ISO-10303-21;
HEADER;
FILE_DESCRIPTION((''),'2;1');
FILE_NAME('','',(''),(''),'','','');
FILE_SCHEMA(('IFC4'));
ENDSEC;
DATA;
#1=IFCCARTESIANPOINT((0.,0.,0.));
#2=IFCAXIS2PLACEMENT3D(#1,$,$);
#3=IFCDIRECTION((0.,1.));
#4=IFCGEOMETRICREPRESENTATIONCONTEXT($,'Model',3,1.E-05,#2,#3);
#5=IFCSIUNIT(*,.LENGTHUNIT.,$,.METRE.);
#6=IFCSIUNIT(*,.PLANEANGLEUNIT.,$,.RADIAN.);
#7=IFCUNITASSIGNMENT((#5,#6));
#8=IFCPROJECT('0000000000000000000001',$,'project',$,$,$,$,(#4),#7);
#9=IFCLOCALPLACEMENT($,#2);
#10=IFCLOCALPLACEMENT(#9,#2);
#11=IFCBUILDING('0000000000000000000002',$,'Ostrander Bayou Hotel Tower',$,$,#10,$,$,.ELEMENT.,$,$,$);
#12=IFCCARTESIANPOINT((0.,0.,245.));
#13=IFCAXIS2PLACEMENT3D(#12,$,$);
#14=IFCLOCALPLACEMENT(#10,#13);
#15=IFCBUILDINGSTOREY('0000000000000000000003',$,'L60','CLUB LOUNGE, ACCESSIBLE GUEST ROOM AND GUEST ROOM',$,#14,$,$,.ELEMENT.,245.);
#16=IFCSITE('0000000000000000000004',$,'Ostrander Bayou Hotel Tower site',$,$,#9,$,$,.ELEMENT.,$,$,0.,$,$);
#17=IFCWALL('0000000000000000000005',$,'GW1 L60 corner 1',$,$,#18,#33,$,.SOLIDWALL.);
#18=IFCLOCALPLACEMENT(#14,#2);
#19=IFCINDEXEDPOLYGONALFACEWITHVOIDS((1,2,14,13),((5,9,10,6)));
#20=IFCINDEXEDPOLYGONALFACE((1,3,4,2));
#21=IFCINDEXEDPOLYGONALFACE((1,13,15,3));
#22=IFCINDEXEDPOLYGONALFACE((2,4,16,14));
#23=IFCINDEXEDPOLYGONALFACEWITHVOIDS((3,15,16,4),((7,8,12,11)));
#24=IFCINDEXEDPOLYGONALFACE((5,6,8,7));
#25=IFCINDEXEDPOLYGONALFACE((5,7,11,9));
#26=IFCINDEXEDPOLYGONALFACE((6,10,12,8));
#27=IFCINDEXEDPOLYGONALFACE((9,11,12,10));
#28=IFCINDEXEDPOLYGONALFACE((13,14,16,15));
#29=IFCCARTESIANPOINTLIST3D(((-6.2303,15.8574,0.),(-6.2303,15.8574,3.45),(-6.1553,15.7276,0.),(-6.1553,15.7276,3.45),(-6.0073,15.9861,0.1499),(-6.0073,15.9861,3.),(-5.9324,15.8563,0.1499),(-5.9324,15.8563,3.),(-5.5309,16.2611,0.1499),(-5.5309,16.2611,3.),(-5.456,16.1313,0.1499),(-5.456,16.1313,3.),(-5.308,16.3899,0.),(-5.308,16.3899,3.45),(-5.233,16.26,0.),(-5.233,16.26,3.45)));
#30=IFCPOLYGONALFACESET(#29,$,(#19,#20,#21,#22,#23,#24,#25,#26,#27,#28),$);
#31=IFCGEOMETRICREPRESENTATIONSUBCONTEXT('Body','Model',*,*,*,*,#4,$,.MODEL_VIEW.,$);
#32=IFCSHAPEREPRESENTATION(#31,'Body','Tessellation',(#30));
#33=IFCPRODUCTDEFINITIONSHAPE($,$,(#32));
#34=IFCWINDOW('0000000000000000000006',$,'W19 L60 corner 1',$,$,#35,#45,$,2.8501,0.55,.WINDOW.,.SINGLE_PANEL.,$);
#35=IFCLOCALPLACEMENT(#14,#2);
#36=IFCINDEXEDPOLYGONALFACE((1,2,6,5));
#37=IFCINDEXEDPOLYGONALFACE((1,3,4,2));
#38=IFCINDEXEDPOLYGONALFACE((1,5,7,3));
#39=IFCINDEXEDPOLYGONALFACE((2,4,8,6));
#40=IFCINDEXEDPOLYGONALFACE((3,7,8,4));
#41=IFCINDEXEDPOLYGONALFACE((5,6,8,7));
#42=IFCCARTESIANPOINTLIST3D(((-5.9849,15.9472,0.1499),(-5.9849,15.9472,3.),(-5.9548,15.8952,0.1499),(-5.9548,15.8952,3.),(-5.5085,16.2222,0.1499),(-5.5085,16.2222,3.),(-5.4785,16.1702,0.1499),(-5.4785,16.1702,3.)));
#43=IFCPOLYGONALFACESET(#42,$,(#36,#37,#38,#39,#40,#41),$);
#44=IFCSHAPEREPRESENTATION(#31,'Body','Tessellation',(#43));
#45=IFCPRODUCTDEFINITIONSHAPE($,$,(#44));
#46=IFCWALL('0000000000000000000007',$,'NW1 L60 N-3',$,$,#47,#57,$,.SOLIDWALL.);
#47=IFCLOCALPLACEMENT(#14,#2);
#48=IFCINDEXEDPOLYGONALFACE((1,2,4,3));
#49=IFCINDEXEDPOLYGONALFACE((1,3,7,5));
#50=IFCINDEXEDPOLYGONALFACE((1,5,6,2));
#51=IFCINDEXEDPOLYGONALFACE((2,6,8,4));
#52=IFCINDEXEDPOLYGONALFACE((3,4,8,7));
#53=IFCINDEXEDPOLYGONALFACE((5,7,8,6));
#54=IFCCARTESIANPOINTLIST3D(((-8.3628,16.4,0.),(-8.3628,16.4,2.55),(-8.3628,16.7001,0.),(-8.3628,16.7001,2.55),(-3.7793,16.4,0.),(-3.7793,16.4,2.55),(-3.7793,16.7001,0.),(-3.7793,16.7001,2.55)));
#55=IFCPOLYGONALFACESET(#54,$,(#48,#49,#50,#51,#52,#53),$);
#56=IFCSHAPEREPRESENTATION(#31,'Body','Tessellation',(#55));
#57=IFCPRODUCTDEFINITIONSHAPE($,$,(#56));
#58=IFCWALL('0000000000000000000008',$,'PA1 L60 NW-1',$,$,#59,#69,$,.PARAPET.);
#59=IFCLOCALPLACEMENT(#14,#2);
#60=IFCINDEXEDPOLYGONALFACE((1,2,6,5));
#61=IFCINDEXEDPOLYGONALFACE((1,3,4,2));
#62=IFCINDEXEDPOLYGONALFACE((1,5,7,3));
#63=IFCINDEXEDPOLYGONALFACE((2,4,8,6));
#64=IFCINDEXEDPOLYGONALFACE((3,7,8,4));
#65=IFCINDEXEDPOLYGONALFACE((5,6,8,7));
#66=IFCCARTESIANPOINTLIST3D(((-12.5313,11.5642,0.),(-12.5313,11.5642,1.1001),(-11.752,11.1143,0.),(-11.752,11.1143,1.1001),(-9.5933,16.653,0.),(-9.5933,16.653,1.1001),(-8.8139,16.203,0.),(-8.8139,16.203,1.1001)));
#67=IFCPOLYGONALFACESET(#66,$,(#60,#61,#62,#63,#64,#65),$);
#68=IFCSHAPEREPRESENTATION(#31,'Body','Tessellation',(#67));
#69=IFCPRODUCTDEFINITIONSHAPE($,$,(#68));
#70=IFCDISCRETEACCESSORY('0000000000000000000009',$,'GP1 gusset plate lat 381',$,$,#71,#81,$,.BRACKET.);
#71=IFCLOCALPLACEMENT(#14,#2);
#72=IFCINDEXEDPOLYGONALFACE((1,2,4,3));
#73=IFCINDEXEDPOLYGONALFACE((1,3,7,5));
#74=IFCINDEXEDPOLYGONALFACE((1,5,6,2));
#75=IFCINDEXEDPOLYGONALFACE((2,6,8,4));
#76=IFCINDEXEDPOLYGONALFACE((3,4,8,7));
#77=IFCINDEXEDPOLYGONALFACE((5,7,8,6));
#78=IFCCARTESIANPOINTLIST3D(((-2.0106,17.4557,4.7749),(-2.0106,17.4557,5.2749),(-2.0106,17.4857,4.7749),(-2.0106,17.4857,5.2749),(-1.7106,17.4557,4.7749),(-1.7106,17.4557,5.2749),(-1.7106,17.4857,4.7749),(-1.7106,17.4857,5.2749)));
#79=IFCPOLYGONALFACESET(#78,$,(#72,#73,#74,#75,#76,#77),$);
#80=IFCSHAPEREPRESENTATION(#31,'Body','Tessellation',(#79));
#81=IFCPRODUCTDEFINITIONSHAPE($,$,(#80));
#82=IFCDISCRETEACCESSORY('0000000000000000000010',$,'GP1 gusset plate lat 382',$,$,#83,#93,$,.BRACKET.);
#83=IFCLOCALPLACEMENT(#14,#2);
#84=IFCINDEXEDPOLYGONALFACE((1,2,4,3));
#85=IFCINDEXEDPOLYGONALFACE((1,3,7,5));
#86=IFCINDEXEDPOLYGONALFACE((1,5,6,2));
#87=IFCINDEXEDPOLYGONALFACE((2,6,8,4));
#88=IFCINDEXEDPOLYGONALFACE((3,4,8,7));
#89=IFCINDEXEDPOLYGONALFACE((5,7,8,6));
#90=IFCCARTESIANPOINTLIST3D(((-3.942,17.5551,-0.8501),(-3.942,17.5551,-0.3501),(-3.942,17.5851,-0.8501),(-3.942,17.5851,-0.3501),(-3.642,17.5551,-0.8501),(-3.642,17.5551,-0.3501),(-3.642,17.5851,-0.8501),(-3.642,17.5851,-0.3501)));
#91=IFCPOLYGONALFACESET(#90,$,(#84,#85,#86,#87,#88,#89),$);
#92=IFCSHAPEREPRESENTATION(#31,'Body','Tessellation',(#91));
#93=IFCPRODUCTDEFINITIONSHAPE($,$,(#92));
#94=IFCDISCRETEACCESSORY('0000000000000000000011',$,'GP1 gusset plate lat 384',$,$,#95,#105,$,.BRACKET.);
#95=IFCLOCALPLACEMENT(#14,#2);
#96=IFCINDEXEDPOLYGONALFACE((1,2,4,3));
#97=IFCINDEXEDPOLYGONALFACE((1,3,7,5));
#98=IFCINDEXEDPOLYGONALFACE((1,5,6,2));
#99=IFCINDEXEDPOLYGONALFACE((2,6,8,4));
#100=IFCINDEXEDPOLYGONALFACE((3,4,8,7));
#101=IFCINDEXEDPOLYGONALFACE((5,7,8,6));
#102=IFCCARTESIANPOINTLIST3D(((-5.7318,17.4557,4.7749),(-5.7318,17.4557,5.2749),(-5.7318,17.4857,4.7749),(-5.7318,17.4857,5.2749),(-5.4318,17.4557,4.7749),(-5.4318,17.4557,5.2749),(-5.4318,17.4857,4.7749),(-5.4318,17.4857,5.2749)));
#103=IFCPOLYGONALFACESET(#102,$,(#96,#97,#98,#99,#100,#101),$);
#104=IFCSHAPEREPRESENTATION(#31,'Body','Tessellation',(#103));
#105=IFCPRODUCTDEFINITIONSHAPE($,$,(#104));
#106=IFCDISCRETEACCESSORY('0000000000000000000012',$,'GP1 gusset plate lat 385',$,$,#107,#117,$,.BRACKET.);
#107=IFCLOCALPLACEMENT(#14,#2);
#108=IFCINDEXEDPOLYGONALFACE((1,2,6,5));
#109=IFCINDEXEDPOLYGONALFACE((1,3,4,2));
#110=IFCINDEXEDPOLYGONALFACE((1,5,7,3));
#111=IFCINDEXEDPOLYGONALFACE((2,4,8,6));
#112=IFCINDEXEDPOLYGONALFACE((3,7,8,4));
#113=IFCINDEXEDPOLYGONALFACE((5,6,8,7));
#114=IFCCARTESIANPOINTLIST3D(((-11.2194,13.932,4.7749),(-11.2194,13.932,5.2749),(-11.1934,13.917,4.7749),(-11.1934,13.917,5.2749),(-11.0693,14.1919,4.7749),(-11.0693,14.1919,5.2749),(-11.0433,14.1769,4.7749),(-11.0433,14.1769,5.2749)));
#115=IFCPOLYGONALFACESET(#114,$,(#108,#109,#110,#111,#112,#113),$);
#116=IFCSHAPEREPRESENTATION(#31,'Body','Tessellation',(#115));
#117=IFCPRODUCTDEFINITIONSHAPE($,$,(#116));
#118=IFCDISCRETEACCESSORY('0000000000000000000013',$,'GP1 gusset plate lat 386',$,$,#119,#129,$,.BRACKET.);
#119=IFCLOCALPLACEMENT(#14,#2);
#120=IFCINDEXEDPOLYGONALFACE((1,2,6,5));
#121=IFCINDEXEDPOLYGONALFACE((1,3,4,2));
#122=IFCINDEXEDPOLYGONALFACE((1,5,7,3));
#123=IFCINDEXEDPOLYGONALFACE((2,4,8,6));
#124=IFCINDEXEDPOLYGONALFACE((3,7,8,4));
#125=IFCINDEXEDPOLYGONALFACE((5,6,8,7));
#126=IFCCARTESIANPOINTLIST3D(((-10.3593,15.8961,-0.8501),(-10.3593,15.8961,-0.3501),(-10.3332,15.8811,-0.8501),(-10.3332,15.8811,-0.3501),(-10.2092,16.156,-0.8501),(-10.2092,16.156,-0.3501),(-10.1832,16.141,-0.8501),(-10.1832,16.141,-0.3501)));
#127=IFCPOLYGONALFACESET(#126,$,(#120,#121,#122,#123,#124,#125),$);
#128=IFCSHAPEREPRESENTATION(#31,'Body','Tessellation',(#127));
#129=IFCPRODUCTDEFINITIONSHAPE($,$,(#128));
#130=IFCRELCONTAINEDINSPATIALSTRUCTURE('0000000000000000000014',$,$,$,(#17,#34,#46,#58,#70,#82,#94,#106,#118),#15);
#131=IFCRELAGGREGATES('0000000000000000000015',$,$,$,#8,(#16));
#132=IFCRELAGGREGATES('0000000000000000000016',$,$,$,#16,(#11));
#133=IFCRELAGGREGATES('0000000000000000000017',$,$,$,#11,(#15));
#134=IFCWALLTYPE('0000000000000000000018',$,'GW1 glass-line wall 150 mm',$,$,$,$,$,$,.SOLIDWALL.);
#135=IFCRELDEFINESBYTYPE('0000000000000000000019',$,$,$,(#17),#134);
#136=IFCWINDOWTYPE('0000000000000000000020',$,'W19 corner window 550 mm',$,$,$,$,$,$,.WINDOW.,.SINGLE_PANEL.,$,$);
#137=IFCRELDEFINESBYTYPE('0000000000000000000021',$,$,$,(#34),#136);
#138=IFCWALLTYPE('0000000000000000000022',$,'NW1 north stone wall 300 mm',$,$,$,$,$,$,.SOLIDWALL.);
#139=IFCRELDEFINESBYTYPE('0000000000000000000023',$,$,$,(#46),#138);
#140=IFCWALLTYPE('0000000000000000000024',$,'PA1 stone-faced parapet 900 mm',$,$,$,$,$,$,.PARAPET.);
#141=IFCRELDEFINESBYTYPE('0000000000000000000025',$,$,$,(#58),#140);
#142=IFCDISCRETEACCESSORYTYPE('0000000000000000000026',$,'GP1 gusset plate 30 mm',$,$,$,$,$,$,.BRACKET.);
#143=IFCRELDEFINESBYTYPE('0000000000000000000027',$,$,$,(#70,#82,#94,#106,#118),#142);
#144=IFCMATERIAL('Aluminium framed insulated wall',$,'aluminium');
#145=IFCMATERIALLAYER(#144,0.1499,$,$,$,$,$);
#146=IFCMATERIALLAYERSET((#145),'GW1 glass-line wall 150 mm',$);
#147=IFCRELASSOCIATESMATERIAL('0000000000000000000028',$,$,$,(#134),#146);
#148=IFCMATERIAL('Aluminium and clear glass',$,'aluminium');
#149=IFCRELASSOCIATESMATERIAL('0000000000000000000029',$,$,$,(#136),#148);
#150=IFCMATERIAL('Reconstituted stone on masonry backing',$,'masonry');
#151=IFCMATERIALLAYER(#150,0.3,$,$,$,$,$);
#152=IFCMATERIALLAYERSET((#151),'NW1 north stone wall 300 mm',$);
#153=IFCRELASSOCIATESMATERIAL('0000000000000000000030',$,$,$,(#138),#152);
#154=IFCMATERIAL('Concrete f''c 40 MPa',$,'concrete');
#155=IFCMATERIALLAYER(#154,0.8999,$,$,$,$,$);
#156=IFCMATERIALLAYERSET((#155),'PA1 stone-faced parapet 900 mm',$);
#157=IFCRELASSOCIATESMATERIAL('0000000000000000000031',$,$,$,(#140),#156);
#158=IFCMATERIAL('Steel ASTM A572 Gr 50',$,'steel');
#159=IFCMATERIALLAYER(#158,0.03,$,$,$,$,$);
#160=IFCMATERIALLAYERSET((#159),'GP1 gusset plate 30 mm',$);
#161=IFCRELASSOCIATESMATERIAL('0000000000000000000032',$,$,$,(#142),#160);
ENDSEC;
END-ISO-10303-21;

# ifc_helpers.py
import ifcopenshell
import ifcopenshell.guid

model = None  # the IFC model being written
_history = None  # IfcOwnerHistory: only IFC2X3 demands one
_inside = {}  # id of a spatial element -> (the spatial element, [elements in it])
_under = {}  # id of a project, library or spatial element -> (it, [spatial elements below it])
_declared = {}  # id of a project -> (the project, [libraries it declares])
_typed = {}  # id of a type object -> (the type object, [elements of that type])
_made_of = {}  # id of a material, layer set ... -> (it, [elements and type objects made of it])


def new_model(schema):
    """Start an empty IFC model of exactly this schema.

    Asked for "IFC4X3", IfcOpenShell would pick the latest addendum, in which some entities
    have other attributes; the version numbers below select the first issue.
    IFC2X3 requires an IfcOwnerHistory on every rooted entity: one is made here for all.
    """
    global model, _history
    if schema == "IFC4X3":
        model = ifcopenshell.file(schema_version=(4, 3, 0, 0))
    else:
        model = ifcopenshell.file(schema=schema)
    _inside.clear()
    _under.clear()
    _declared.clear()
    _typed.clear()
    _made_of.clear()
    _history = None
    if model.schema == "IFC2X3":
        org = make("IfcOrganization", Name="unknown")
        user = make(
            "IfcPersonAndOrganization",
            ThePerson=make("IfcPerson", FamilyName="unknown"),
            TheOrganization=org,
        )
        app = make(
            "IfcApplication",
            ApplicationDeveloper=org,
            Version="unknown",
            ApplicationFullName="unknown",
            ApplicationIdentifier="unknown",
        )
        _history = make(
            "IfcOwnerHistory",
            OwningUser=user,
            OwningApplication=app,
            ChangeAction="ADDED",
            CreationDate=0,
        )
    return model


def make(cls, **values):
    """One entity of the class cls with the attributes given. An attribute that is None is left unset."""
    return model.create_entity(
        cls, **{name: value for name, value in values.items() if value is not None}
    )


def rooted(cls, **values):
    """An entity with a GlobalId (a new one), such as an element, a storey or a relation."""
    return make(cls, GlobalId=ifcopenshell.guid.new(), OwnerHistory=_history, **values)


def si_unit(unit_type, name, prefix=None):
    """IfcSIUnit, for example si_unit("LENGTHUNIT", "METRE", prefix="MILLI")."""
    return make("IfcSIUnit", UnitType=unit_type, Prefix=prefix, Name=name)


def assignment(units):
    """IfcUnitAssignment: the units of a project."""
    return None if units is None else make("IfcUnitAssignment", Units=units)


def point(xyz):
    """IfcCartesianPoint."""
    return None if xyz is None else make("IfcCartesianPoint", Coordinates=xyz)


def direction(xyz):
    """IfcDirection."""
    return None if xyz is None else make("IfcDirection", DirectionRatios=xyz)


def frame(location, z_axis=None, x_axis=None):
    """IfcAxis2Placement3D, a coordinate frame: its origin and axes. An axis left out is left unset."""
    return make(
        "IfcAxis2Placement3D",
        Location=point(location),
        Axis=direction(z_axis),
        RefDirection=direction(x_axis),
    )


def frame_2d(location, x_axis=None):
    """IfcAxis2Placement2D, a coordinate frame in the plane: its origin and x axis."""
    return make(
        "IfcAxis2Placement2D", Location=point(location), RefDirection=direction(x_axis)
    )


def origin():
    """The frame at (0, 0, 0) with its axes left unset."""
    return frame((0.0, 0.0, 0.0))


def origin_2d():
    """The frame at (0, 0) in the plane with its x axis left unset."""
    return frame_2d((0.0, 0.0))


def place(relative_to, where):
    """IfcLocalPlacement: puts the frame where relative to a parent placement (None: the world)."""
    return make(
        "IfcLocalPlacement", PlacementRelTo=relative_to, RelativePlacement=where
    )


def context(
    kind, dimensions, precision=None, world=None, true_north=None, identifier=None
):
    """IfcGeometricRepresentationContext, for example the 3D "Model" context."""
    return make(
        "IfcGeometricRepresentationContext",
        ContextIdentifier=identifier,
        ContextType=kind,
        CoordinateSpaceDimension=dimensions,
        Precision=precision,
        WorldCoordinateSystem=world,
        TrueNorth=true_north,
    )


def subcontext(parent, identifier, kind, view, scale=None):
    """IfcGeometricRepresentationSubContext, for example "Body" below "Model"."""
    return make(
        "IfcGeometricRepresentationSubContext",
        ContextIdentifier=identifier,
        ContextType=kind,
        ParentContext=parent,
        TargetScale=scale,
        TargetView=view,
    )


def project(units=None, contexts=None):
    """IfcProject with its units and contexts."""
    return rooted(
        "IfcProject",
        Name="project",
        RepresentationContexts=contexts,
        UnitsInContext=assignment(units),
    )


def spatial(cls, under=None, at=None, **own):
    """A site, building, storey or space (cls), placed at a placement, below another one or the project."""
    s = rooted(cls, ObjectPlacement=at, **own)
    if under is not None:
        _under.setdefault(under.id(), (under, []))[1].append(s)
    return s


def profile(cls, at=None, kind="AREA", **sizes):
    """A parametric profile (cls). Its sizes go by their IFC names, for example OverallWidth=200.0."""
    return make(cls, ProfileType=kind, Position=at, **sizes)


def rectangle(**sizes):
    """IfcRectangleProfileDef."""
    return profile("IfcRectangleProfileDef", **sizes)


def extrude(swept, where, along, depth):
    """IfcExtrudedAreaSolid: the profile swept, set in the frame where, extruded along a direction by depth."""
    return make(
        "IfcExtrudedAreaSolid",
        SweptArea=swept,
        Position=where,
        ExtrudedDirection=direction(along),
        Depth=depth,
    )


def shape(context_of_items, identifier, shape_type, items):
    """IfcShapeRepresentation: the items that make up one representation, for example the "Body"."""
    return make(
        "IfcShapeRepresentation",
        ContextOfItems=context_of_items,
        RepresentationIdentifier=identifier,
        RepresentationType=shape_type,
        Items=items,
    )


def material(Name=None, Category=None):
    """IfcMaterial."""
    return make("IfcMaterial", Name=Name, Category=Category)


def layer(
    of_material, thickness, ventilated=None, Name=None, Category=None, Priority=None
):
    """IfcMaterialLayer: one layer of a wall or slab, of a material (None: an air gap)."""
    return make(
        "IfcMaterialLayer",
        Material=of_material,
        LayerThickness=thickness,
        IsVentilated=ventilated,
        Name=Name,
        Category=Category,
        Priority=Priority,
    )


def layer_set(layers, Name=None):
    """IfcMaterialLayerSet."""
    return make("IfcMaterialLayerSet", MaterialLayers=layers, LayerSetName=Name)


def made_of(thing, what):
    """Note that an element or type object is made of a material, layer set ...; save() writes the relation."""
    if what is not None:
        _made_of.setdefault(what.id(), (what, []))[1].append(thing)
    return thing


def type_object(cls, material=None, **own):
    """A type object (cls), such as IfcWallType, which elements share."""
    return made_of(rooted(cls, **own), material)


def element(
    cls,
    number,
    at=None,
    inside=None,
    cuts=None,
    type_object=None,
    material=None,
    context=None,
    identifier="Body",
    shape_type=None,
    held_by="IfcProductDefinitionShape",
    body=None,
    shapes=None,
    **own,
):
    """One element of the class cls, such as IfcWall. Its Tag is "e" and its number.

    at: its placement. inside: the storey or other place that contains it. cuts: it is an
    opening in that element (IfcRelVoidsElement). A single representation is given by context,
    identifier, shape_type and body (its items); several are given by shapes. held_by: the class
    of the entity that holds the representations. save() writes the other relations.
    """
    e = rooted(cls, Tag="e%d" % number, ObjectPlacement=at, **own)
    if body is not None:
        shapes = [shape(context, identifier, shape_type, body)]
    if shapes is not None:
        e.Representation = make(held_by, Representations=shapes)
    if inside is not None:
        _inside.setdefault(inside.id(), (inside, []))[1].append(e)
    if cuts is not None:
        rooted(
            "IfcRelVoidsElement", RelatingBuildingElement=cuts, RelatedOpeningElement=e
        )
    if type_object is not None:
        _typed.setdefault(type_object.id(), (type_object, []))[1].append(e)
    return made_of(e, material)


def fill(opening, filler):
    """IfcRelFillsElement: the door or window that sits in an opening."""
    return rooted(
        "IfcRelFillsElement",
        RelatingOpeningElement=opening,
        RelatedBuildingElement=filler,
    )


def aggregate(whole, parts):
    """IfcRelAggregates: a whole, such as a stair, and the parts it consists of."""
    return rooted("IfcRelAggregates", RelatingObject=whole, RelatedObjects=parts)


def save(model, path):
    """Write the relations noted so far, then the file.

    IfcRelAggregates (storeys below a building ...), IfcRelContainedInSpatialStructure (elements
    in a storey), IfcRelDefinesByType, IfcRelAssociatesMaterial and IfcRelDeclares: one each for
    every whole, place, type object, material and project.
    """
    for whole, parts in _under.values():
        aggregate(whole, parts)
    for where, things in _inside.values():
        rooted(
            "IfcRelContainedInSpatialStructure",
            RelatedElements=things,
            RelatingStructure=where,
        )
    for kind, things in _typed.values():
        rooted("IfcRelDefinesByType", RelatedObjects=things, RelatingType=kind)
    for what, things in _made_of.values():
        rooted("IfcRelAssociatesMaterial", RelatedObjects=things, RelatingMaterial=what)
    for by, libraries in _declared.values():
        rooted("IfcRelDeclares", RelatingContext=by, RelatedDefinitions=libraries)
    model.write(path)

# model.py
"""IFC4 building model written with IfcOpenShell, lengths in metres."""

from ifc_helpers import new_model, si_unit, direction, frame, frame_2d, origin, origin_2d, place, context, subcontext, project, spatial, rectangle, extrude, material, layer, layer_set, type_object, element, fill, save


model = new_model("IFC4")

# Units and contexts
model_context = context("Model", 3, precision=1e-05, world=origin(), true_north=direction((0.0, 1.0)))
body_context = subcontext(model_context, "Body", "Model", "MODEL_VIEW")
ifc_project = project(units=[si_unit("LENGTHUNIT", "METRE"), si_unit("PLANEANGLEUNIT", "RADIAN")], contexts=[model_context])

# Site, building, storey
site_placement = place(None, origin())
site = spatial("IfcSite", under=ifc_project, at=site_placement, Name="Ostrander Bayou Hotel Tower site", CompositionType="ELEMENT", RefElevation=0.0)
building_placement = place(site_placement, origin())
building = spatial("IfcBuilding", under=site, at=building_placement, Name="Ostrander Bayou Hotel Tower", CompositionType="ELEMENT")
storey_placement = place(building_placement, frame((0.0, 0.0, 245.0)))
storey = spatial("IfcBuildingStorey", under=building, at=storey_placement, Name="L60", Description="CLUB LOUNGE, ACCESSIBLE GUEST ROOM AND GUEST ROOM", CompositionType="ELEMENT", Elevation=245.0)

# Shared definitions
ifc_material_1 = material(Name="Aluminium framed insulated wall", Category="aluminium")
ifc_layer_1 = layer(ifc_material_1, 0.1499)
ifc_layer_set_1 = layer_set([ifc_layer_1], Name="GW1 glass-line wall 150 mm")
wall_type_1 = type_object("IfcWallType", Name="GW1 glass-line wall 150 mm", PredefinedType="SOLIDWALL", material=ifc_layer_set_1)

# Wall, opening, window
wall_1_placement = place(storey_placement, frame((-5.2705, 16.325, 0.0), z_axis=(0.0, 0.0, 1.0), x_axis=(-0.866048, -0.499961, 0.0)))
wall_1 = element("IfcWall", 1, at=wall_1_placement, inside=storey, type_object=wall_type_1, Name="GW1 L60 corner 1", PredefinedType="SOLIDWALL", context=body_context, shape_type="SweptSolid", body=[
    extrude(rectangle(XDim=1.0649, YDim=0.1499, at=frame_2d((0.5325, 0.0))), origin(), (0.0, 0.0, 1.0), 3.45),
])
opening_1_placement = place(wall_1_placement, frame((0.2576, 0.0, 0.1499)))
opening_1 = element("IfcOpeningElement", 2, at=opening_1_placement, cuts=wall_1, PredefinedType="OPENING", context=body_context, shape_type="SweptSolid", body=[
    extrude(rectangle(XDim=0.55, YDim=2.8501, at=frame_2d((0.2749, 1.425))), frame((0.0, 0.075, 0.0), z_axis=(0.0, -1.0, 0.0), x_axis=(1.0, 0.0, 0.0)), (0.0, 0.0, 1.0), 0.1499),
])
ifc_material_2 = material(Name="Aluminium and clear glass", Category="aluminium")
window_type_1 = type_object("IfcWindowType", Name="W19 corner window 550 mm", PartitioningType="SINGLE_PANEL", PredefinedType="WINDOW", material=ifc_material_2)
window_1_placement = place(opening_1_placement, origin())
window_1 = element("IfcWindow", 3, at=window_1_placement, inside=storey, type_object=window_type_1, Name="W19 L60 corner 1", OverallHeight=2.8501, OverallWidth=0.55, PartitioningType="SINGLE_PANEL", PredefinedType="WINDOW", context=body_context, shape_type="SweptSolid", body=[
    extrude(rectangle(XDim=0.55, YDim=2.8501, at=frame_2d((0.2749, 1.425))), frame((0.0, 0.03, 0.0), z_axis=(0.0, -1.0, 0.0), x_axis=(1.0, 0.0, 0.0)), (0.0, 0.0, 1.0), 0.0601),
])
fill(opening_1, window_1)

# Walls
ifc_material_3 = material(Name="Reconstituted stone on masonry backing", Category="masonry")
ifc_layer_2 = layer(ifc_material_3, 0.3)
ifc_layer_set_2 = layer_set([ifc_layer_2], Name="NW1 north stone wall 300 mm")
wall_type_2 = type_object("IfcWallType", Name="NW1 north stone wall 300 mm", PredefinedType="SOLIDWALL", material=ifc_layer_set_2)
wall_2_placement = place(storey_placement, frame((-3.7793, 16.55, 0.0), z_axis=(0.0, 0.0, 1.0), x_axis=(-1.0, 0.0, 0.0)))
element("IfcWall", 4, at=wall_2_placement, inside=storey, type_object=wall_type_2, Name="NW1 L60 N-3", PredefinedType="SOLIDWALL", context=body_context, shape_type="SweptSolid", body=[
    extrude(rectangle(XDim=4.5835, YDim=0.3, at=frame_2d((2.2917, 0.0))), origin(), (0.0, 0.0, 1.0), 2.55),
])
ifc_material_4 = material(Name="Concrete f'c 40 MPa", Category="concrete")
ifc_layer_3 = layer(ifc_material_4, 0.8999)
ifc_layer_set_3 = layer_set([ifc_layer_3], Name="PA1 stone-faced parapet 900 mm")
wall_type_3 = type_object("IfcWallType", Name="PA1 stone-faced parapet 900 mm", PredefinedType="PARAPET", material=ifc_layer_set_3)
wall_3_placement = place(storey_placement, frame((-9.2036, 16.428, 0.0), z_axis=(0.0, 0.0, 1.0), x_axis=(-0.500009, -0.86602, 0.0)))
element("IfcWall", 5, at=wall_3_placement, inside=storey, type_object=wall_type_3, Name="PA1 L60 NW-1", PredefinedType="PARAPET", context=body_context, shape_type="SweptSolid", body=[
    extrude(rectangle(XDim=5.876, YDim=0.8999, at=frame_2d((2.938, 0.0))), origin(), (0.0, 0.0, 1.0), 1.1001),
])

# Discrete accessories
ifc_material_5 = material(Name="Steel ASTM A572 Gr 50", Category="steel")
ifc_layer_4 = layer(ifc_material_5, 0.03)
ifc_layer_set_4 = layer_set([ifc_layer_4], Name="GP1 gusset plate 30 mm")
discrete_accessory_type = type_object("IfcDiscreteAccessoryType", Name="GP1 gusset plate 30 mm", PredefinedType="BRACKET", material=ifc_layer_set_4)
for number, where, z_axis, x_axis, name in (
    (6, (-1.8606, 17.4707, 4.7749), (0.0, 0.0, 1.0), (-1.0, 0.0, 0.0), "GP1 gusset plate lat 381"),
    (7, (-3.792, 17.5701, -0.8501), (0.0, 0.0, 1.0), (-1.0, 0.0, 0.0), "GP1 gusset plate lat 382"),
    (8, (-5.5818, 17.4707, 4.7749), (0.0, 0.0, 1.0), (-1.0, 0.0, 0.0), "GP1 gusset plate lat 384"),
    (9, (-11.1313, 14.0544, 4.7749), (0.0, 0.0, 1.0), (-0.5, -0.866025, 0.0), "GP1 gusset plate lat 385"),
    (10, (-10.2712, 16.0186, -0.8501), (0.0, 0.0, 1.0), (-0.5, -0.866025, 0.0), "GP1 gusset plate lat 386"),
):
    element("IfcDiscreteAccessory", number, at=place(storey_placement, frame(where, z_axis=z_axis, x_axis=x_axis)), inside=storey, type_object=discrete_accessory_type, Name=name, PredefinedType="BRACKET", context=body_context, shape_type="SweptSolid", body=[
        extrude(rectangle(XDim=0.3, YDim=0.03, at=origin_2d()), origin(), (0.0, 0.0, 1.0), 0.5),
    ])

save(model, "model.ifc")
